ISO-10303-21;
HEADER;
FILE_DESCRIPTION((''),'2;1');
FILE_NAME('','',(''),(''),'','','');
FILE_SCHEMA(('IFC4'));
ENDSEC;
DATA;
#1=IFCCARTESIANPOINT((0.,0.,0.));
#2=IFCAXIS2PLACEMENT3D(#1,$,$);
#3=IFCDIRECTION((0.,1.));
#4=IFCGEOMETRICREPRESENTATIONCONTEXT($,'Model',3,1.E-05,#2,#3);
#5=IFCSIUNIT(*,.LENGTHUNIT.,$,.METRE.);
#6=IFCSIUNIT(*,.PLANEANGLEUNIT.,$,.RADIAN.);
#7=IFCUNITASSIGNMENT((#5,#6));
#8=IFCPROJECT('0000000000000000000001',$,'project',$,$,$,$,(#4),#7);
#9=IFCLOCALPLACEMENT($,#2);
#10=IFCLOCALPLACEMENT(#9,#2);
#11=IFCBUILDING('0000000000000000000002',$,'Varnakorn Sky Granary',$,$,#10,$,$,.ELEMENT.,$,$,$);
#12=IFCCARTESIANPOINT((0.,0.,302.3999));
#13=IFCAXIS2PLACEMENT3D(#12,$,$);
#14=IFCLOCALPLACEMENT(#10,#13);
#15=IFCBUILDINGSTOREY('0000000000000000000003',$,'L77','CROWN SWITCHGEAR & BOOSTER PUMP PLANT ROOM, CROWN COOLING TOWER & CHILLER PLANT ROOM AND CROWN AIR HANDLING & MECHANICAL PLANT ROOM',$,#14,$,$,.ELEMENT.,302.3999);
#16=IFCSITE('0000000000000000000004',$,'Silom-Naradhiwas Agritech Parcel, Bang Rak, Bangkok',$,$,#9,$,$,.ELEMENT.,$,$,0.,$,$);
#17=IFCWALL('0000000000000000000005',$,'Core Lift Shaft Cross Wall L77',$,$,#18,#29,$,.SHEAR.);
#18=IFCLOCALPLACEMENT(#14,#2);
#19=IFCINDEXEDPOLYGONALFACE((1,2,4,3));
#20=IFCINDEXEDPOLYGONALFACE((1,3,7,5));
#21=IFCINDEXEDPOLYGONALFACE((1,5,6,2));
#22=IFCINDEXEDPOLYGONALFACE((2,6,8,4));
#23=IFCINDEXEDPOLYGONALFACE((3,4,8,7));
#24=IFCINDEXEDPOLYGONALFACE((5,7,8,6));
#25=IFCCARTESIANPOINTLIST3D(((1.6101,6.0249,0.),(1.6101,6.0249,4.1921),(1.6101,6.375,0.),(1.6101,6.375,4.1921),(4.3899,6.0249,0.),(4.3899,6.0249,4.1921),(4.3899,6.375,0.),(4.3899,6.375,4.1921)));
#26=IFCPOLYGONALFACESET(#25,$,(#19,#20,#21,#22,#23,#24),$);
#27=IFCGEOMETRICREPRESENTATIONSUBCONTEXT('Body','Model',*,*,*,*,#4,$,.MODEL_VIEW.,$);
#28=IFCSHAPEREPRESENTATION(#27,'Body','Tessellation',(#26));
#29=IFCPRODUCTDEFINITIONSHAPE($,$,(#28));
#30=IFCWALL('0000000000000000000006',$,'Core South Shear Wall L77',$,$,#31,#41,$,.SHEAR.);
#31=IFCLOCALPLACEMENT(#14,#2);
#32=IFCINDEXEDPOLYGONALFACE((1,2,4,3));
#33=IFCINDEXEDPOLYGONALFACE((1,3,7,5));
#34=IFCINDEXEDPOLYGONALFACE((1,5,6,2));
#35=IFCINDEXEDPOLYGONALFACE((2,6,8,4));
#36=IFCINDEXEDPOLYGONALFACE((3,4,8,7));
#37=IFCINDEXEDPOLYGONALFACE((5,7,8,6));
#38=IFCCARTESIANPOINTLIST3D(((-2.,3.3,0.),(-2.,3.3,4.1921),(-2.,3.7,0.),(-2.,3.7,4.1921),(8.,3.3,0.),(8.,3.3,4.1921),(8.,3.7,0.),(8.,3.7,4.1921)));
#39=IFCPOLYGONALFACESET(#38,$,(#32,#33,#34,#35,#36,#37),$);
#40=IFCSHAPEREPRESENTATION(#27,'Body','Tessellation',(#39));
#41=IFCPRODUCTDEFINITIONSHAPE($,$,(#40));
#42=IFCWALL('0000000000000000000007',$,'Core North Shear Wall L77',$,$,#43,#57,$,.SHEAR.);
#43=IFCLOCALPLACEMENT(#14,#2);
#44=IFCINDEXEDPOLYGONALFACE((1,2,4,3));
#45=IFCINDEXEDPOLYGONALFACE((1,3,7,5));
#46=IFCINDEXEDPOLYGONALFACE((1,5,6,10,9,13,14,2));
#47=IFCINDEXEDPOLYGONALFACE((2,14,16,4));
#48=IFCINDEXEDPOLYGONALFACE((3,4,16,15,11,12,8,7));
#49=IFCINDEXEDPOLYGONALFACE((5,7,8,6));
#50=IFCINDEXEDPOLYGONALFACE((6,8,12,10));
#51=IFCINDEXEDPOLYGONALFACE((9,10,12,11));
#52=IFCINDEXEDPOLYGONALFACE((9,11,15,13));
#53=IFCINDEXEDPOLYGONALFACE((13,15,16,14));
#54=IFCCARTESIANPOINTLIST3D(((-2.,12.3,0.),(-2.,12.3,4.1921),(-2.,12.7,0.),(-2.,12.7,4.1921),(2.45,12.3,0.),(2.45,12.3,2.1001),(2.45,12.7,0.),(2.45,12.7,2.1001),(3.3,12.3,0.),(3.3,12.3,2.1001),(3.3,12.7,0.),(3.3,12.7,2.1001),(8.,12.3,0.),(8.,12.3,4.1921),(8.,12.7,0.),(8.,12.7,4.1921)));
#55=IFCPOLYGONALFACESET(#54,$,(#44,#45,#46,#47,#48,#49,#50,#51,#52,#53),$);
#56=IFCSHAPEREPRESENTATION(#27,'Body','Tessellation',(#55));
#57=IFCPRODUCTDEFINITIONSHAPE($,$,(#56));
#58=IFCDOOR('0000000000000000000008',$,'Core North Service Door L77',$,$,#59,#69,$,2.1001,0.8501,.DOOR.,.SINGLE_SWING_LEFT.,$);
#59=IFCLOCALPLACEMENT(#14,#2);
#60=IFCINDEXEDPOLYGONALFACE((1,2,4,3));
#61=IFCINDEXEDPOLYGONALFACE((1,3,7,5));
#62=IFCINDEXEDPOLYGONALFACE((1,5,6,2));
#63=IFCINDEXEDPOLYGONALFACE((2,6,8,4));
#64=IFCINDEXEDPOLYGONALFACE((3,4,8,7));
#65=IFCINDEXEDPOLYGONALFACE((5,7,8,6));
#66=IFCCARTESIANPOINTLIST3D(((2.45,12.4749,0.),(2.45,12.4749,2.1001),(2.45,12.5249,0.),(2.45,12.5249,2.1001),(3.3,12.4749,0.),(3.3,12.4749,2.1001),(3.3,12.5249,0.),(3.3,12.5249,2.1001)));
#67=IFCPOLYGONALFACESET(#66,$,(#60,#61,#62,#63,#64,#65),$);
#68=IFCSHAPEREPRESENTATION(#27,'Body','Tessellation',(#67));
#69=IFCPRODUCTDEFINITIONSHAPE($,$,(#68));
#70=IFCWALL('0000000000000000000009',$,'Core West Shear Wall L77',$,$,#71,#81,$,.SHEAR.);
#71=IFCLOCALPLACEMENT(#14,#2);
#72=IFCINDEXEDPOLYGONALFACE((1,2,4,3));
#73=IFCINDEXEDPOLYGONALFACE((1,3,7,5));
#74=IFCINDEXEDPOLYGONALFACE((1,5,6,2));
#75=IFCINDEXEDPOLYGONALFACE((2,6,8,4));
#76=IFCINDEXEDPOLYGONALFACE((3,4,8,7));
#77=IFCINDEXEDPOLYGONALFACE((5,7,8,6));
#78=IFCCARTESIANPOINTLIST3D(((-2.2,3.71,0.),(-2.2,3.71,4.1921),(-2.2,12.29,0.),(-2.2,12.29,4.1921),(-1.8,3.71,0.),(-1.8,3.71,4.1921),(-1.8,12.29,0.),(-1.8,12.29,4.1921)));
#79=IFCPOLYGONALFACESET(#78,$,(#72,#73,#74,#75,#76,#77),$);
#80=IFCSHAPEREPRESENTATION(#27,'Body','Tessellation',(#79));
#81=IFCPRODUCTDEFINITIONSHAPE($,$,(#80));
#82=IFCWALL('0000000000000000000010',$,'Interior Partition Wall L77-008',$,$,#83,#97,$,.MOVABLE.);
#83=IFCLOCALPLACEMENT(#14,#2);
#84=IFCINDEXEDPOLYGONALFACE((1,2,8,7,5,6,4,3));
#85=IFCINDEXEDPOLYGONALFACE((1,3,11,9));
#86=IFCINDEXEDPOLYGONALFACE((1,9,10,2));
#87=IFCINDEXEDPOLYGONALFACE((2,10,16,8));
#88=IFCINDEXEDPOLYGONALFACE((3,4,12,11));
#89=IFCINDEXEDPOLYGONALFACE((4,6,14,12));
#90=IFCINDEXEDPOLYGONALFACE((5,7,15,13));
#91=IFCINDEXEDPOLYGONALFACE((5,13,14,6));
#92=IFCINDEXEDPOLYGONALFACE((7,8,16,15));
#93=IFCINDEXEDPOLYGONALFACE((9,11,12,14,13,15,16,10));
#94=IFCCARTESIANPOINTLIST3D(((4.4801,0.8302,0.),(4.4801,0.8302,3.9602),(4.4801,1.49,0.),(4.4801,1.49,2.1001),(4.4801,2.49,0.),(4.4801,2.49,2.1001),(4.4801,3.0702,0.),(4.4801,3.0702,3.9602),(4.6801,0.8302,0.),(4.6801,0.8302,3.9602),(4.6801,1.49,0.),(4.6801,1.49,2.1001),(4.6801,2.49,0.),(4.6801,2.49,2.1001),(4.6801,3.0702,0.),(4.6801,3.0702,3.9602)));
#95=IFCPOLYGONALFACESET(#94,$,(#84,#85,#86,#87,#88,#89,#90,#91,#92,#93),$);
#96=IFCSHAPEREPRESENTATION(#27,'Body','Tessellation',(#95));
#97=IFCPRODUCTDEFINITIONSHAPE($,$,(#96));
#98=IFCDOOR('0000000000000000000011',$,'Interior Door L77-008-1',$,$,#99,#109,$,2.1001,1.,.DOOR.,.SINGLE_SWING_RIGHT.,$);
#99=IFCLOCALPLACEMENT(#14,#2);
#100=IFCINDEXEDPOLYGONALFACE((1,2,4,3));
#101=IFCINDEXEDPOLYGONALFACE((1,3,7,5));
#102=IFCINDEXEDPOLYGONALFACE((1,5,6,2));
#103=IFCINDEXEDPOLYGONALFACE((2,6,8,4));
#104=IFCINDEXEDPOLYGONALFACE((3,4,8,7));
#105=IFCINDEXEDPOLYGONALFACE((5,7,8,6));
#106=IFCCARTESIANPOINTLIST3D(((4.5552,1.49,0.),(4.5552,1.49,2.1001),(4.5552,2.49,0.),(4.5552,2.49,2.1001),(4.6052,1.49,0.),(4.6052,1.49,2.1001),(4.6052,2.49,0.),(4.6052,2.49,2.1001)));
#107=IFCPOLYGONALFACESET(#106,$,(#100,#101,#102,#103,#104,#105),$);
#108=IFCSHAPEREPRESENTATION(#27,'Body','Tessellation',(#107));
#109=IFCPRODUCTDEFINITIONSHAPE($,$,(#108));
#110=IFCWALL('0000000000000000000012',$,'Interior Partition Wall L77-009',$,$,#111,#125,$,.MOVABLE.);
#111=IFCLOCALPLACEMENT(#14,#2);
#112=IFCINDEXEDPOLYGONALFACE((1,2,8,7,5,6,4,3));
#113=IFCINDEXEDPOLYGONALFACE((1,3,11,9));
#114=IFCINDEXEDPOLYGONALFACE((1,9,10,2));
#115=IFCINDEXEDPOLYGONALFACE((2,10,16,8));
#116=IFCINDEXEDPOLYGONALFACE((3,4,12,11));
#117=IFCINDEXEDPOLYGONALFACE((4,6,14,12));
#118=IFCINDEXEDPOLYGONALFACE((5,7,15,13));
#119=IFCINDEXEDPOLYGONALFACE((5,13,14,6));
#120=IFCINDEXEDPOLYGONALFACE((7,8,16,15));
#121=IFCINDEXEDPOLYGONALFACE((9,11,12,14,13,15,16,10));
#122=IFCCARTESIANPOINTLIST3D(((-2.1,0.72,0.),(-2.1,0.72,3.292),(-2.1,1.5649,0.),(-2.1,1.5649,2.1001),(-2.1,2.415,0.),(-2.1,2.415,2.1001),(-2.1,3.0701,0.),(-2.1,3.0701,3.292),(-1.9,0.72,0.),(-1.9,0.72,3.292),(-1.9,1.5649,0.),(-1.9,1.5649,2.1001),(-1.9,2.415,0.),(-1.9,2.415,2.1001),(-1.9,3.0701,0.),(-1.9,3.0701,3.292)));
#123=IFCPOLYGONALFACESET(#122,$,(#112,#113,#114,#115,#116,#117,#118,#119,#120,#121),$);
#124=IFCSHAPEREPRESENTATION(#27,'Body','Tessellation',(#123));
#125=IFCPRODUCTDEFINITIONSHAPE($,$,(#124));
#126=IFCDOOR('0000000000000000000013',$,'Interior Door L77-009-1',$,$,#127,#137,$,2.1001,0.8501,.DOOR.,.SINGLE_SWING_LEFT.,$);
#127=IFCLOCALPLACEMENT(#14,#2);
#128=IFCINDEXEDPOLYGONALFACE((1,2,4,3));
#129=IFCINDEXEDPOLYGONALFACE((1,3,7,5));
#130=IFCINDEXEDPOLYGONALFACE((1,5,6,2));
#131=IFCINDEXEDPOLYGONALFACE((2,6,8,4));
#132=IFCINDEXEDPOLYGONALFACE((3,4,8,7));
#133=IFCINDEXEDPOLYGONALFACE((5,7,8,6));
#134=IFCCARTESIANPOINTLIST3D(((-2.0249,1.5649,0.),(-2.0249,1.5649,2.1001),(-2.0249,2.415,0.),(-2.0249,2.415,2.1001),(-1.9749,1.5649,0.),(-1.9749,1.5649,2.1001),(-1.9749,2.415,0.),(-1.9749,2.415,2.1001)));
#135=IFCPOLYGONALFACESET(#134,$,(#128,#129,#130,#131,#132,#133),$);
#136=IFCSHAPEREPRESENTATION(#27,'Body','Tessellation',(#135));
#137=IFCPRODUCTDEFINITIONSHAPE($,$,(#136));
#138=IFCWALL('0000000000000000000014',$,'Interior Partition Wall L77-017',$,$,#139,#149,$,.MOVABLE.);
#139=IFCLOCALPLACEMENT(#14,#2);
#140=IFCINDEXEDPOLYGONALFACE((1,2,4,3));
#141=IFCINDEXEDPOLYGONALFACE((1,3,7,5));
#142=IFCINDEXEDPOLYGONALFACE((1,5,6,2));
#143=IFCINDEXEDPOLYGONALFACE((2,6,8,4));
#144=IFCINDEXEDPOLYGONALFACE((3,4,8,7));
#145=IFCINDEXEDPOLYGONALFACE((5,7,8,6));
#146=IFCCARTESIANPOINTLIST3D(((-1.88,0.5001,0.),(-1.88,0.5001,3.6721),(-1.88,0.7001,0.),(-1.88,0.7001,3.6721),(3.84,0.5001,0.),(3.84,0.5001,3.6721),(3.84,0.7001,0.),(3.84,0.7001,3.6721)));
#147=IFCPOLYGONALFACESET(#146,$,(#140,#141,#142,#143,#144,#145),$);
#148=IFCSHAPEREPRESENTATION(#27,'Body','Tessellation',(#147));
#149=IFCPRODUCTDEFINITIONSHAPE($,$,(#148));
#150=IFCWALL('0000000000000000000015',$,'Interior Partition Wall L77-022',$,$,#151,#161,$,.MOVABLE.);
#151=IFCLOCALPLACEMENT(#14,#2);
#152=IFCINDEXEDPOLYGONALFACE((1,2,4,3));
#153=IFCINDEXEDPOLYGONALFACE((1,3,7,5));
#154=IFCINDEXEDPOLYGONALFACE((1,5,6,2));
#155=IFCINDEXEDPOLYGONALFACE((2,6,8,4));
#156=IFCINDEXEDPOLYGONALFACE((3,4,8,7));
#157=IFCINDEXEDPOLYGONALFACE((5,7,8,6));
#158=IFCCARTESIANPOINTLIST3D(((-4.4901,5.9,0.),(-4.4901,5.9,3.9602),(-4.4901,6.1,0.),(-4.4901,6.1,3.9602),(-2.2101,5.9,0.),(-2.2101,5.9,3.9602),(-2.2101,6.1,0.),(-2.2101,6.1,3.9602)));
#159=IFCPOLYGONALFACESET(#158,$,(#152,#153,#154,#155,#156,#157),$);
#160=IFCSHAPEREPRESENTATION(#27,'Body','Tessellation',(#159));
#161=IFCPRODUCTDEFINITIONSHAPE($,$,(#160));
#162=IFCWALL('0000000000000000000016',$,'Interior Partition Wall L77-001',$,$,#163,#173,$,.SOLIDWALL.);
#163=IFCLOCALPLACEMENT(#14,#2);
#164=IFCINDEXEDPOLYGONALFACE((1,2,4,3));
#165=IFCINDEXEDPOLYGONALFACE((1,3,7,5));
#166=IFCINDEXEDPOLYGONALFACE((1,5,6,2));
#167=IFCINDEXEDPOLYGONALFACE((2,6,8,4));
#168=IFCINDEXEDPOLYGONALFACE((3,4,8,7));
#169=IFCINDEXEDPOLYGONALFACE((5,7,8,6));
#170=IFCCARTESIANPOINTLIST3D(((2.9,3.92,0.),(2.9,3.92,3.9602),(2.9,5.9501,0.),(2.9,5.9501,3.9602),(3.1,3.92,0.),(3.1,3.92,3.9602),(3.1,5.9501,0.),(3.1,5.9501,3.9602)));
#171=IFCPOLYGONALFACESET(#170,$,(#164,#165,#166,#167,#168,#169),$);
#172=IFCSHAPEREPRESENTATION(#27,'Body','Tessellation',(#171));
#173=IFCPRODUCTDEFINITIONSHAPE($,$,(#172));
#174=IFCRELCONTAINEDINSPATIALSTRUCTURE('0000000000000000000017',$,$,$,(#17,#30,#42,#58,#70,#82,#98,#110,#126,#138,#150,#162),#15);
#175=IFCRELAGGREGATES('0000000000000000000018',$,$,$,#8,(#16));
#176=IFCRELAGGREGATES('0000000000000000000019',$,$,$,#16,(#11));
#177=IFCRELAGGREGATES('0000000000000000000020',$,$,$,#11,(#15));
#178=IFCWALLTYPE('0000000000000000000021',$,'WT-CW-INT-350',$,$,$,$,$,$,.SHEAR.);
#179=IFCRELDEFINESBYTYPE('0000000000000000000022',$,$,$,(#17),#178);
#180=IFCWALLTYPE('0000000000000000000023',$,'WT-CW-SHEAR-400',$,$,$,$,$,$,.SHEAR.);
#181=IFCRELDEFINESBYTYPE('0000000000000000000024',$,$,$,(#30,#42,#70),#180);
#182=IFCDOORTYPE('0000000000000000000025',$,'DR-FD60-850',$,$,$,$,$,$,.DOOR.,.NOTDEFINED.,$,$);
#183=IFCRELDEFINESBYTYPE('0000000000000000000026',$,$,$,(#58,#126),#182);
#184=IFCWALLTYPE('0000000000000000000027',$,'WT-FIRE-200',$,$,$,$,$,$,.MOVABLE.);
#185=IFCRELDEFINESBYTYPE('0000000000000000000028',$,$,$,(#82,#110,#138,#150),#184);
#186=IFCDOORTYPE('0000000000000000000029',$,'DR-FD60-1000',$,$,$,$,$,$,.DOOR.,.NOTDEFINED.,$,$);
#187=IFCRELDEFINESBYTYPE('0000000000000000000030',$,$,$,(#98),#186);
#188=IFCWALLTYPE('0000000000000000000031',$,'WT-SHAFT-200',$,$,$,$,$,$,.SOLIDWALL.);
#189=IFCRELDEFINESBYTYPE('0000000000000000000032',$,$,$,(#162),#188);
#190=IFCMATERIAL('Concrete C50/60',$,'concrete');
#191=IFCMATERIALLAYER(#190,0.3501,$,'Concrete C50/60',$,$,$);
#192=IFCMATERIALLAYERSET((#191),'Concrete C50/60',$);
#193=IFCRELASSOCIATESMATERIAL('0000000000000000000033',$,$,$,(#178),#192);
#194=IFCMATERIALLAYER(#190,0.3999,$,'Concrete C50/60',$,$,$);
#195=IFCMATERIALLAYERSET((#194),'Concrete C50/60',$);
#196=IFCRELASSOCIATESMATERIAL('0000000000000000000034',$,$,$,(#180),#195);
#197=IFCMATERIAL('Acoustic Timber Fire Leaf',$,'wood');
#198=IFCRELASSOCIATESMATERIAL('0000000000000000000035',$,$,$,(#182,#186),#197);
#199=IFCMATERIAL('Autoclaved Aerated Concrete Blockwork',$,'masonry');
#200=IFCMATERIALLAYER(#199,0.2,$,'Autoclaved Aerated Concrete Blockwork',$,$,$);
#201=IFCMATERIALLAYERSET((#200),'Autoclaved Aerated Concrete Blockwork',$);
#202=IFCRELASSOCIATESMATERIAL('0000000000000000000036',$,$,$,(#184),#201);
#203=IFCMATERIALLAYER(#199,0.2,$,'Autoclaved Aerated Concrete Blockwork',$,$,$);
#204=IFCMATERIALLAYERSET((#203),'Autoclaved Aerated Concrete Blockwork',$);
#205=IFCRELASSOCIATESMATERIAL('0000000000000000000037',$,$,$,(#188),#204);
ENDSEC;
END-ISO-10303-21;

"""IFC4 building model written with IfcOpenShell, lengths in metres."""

from ifc_helpers import new_model, si_unit, direction, frame, frame_2d, origin, place, context, subcontext, project, spatial, rectangle, extrude, material, layer, layer_set, type_object, element, fill, save


model = new_model("IFC4")

# Units and contexts
model_context = context("Model", 3, precision=1e-05, world=origin(), true_north=direction((0.0, 1.0)))
body_context = subcontext(model_context, "Body", "Model", "MODEL_VIEW")
ifc_project = project(units=[si_unit("LENGTHUNIT", "METRE"), si_unit("PLANEANGLEUNIT", "RADIAN")], contexts=[model_context])

# Site, building, storey
site_placement = place(None, origin())
site = spatial("IfcSite", under=ifc_project, at=site_placement, Name="Silom-Naradhiwas Agritech Parcel, Bang Rak, Bangkok", CompositionType="ELEMENT", RefElevation=0.0)
building_placement = place(site_placement, origin())
building = spatial("IfcBuilding", under=site, at=building_placement, Name="Varnakorn Sky Granary", CompositionType="ELEMENT")
storey_placement = place(building_placement, frame((0.0, 0.0, 302.3999)))
storey = spatial("IfcBuildingStorey", under=building, at=storey_placement, Name="L77", Description="CROWN SWITCHGEAR & BOOSTER PUMP PLANT ROOM, CROWN COOLING TOWER & CHILLER PLANT ROOM AND CROWN AIR HANDLING & MECHANICAL PLANT ROOM", CompositionType="ELEMENT", Elevation=302.3999)

# Shared definitions
ifc_material_1 = material(Name="Concrete C50/60", Category="concrete")

# Walls
ifc_layer_1 = layer(ifc_material_1, 0.3501, Name="Concrete C50/60")
ifc_layer_set_1 = layer_set([ifc_layer_1], Name="Concrete C50/60")
wall_type_1 = type_object("IfcWallType", Name="WT-CW-INT-350", PredefinedType="SHEAR", material=ifc_layer_set_1)
wall_1_placement = place(storey_placement, frame((1.6101, 6.2, 0.0), z_axis=(0.0, 0.0, 1.0), x_axis=(1.0, 0.0, 0.0)))
element("IfcWall", 1, at=wall_1_placement, inside=storey, type_object=wall_type_1, Name="Core Lift Shaft Cross Wall L77", PredefinedType="SHEAR", context=body_context, shape_type="SweptSolid", body=[
    extrude(rectangle(XDim=2.7798, YDim=0.3501, at=frame_2d((1.3899, 0.0))), origin(), (0.0, 0.0, 1.0), 4.1921),
])
ifc_layer_2 = layer(ifc_material_1, 0.3999, Name="Concrete C50/60")
ifc_layer_set_2 = layer_set([ifc_layer_2], Name="Concrete C50/60")
wall_type_2 = type_object("IfcWallType", Name="WT-CW-SHEAR-400", PredefinedType="SHEAR", material=ifc_layer_set_2)
wall_2_placement = place(storey_placement, frame((-2.0, 3.5, 0.0), z_axis=(0.0, 0.0, 1.0), x_axis=(1.0, 0.0, 0.0)))
element("IfcWall", 2, at=wall_2_placement, inside=storey, type_object=wall_type_2, Name="Core South Shear Wall L77", PredefinedType="SHEAR", context=body_context, shape_type="SweptSolid", body=[
    extrude(rectangle(XDim=10.0, YDim=0.3999, at=frame_2d((5.0, 0.0))), origin(), (0.0, 0.0, 1.0), 4.1921),
])

# Wall, opening, door
wall_3_placement = place(storey_placement, frame((-2.0, 12.5, 0.0), z_axis=(0.0, 0.0, 1.0), x_axis=(1.0, 0.0, 0.0)))
wall_3 = element("IfcWall", 3, at=wall_3_placement, inside=storey, type_object=wall_type_2, Name="Core North Shear Wall L77", PredefinedType="SHEAR", context=body_context, shape_type="SweptSolid", body=[
    extrude(rectangle(XDim=10.0, YDim=0.3999, at=frame_2d((5.0, 0.0))), origin(), (0.0, 0.0, 1.0), 4.1921),
])
opening_1_placement = place(wall_3_placement, frame((4.45, 0.0, 0.0)))
opening_1 = element("IfcOpeningElement", 4, at=opening_1_placement, cuts=wall_3, PredefinedType="OPENING", context=body_context, shape_type="SweptSolid", body=[
    extrude(rectangle(XDim=0.8501, YDim=2.1001, at=frame_2d((0.425, 1.05))), frame((0.0, 0.21, 0.0), z_axis=(0.0, -1.0, 0.0), x_axis=(1.0, 0.0, 0.0)), (0.0, 0.0, 1.0), 0.4199),
])
ifc_material_2 = material(Name="Acoustic Timber Fire Leaf", Category="wood")
door_type_1 = type_object("IfcDoorType", Name="DR-FD60-850", OperationType="NOTDEFINED", PredefinedType="DOOR", material=ifc_material_2)
door_1_placement = place(opening_1_placement, origin())
door_1 = element("IfcDoor", 5, at=door_1_placement, inside=storey, type_object=door_type_1, Name="Core North Service Door L77", OperationType="SINGLE_SWING_LEFT", OverallHeight=2.1001, OverallWidth=0.8501, PredefinedType="DOOR", context=body_context, shape_type="SweptSolid", body=[
    extrude(rectangle(XDim=0.8501, YDim=2.1001, at=frame_2d((0.425, 1.05))), frame((0.0, 0.0249, 0.0), z_axis=(0.0, -1.0, 0.0), x_axis=(1.0, 0.0, 0.0)), (0.0, 0.0, 1.0), 0.05),
])
fill(opening_1, door_1)

# Wall
wall_4_placement = place(storey_placement, frame((-2.0, 3.71, 0.0), z_axis=(0.0, 0.0, 1.0), x_axis=(0.0, 1.0, 0.0)))
element("IfcWall", 6, at=wall_4_placement, inside=storey, type_object=wall_type_2, Name="Core West Shear Wall L77", PredefinedType="SHEAR", context=body_context, shape_type="SweptSolid", body=[
    extrude(rectangle(XDim=8.5801, YDim=0.3999, at=frame_2d((4.29, 0.0))), origin(), (0.0, 0.0, 1.0), 4.1921),
])

# Walls, openings, doors
ifc_material_3 = material(Name="Autoclaved Aerated Concrete Blockwork", Category="masonry")
ifc_layer_3 = layer(ifc_material_3, 0.2, Name="Autoclaved Aerated Concrete Blockwork")
ifc_layer_set_3 = layer_set([ifc_layer_3], Name="Autoclaved Aerated Concrete Blockwork")
wall_type_3 = type_object("IfcWallType", Name="WT-FIRE-200", PredefinedType="MOVABLE", material=ifc_layer_set_3)
wall_5_placement = place(storey_placement, frame((4.5801, 0.8301, 0.0), z_axis=(0.0, 0.0, 1.0), x_axis=(0.0, 1.0, 0.0)))
wall_5 = element("IfcWall", 7, at=wall_5_placement, inside=storey, type_object=wall_type_3, Name="Interior Partition Wall L77-008", PredefinedType="MOVABLE", context=body_context, shape_type="SweptSolid", body=[
    extrude(rectangle(XDim=2.24, YDim=0.2, at=frame_2d((1.1201, 0.0))), origin(), (0.0, 0.0, 1.0), 3.9602),
])
opening_2_placement = place(wall_5_placement, frame((0.6599, 0.0, 0.0)))
opening_2 = element("IfcOpeningElement", 8, at=opening_2_placement, cuts=wall_5, PredefinedType="OPENING", context=body_context, shape_type="SweptSolid", body=[
    extrude(rectangle(XDim=1.0, YDim=2.1001, at=frame_2d((0.5, 1.05))), frame((0.0, 0.1099, 0.0), z_axis=(0.0, -1.0, 0.0), x_axis=(1.0, 0.0, 0.0)), (0.0, 0.0, 1.0), 0.22),
])
door_type_2 = type_object("IfcDoorType", Name="DR-FD60-1000", OperationType="NOTDEFINED", PredefinedType="DOOR", material=ifc_material_2)
door_2_placement = place(opening_2_placement, origin())
door_2 = element("IfcDoor", 9, at=door_2_placement, inside=storey, type_object=door_type_2, Name="Interior Door L77-008-1", OperationType="SINGLE_SWING_RIGHT", OverallHeight=2.1001, OverallWidth=1.0, PredefinedType="DOOR", context=body_context, shape_type="SweptSolid", body=[
    extrude(rectangle(XDim=1.0, YDim=2.1001, at=frame_2d((0.5, 1.05))), frame((0.0, 0.0249, 0.0), z_axis=(0.0, -1.0, 0.0), x_axis=(1.0, 0.0, 0.0)), (0.0, 0.0, 1.0), 0.05),
])
fill(opening_2, door_2)
wall_6_placement = place(storey_placement, frame((-2.0, 0.72, 0.0), z_axis=(0.0, 0.0, 1.0), x_axis=(0.0, 1.0, 0.0)))
wall_6 = element("IfcWall", 10, at=wall_6_placement, inside=storey, type_object=wall_type_3, Name="Interior Partition Wall L77-009", PredefinedType="MOVABLE", context=body_context, shape_type="SweptSolid", body=[
    extrude(rectangle(XDim=2.3501, YDim=0.2, at=frame_2d((1.175, 0.0))), origin(), (0.0, 0.0, 1.0), 3.292),
])
opening_3_placement = place(wall_6_placement, frame((0.845, 0.0, 0.0)))
opening_3 = element("IfcOpeningElement", 11, at=opening_3_placement, cuts=wall_6, PredefinedType="OPENING", context=body_context, shape_type="SweptSolid", body=[
    extrude(rectangle(XDim=0.8501, YDim=2.1001, at=frame_2d((0.425, 1.05))), frame((0.0, 0.1099, 0.0), z_axis=(0.0, -1.0, 0.0), x_axis=(1.0, 0.0, 0.0)), (0.0, 0.0, 1.0), 0.22),
])
door_3_placement = place(opening_3_placement, origin())
door_3 = element("IfcDoor", 12, at=door_3_placement, inside=storey, type_object=door_type_1, Name="Interior Door L77-009-1", OperationType="SINGLE_SWING_LEFT", OverallHeight=2.1001, OverallWidth=0.8501, PredefinedType="DOOR", context=body_context, shape_type="SweptSolid", body=[
    extrude(rectangle(XDim=0.8501, YDim=2.1001, at=frame_2d((0.425, 1.05))), frame((0.0, 0.0249, 0.0), z_axis=(0.0, -1.0, 0.0), x_axis=(1.0, 0.0, 0.0)), (0.0, 0.0, 1.0), 0.05),
])
fill(opening_3, door_3)

# Walls
wall_7_placement = place(storey_placement, frame((-1.8799, 0.6001, 0.0), z_axis=(0.0, 0.0, 1.0), x_axis=(1.0, 0.0, 0.0)))
element("IfcWall", 13, at=wall_7_placement, inside=storey, type_object=wall_type_3, Name="Interior Partition Wall L77-017", PredefinedType="MOVABLE", context=body_context, shape_type="SweptSolid", body=[
    extrude(rectangle(XDim=5.72, YDim=0.2, at=frame_2d((2.8599, 0.0))), origin(), (0.0, 0.0, 1.0), 3.6721),
])
wall_8_placement = place(storey_placement, frame((-2.21, 6.0, 0.0), z_axis=(0.0, 0.0, 1.0), x_axis=(-1.0, 0.0, 0.0)))
element("IfcWall", 14, at=wall_8_placement, inside=storey, type_object=wall_type_3, Name="Interior Partition Wall L77-022", PredefinedType="MOVABLE", context=body_context, shape_type="SweptSolid", body=[
    extrude(rectangle(XDim=2.28, YDim=0.2, at=frame_2d((1.1401, 0.0))), origin(), (0.0, 0.0, 1.0), 3.9602),
])
ifc_layer_4 = layer(ifc_material_3, 0.2, Name="Autoclaved Aerated Concrete Blockwork")
ifc_layer_set_4 = layer_set([ifc_layer_4], Name="Autoclaved Aerated Concrete Blockwork")
wall_type_4 = type_object("IfcWallType", Name="WT-SHAFT-200", PredefinedType="SOLIDWALL", material=ifc_layer_set_4)
wall_9_placement = place(storey_placement, frame((3.0, 3.9199, 0.0), z_axis=(0.0, 0.0, 1.0), x_axis=(0.0, 1.0, 0.0)))
element("IfcWall", 15, at=wall_9_placement, inside=storey, type_object=wall_type_4, Name="Interior Partition Wall L77-001", PredefinedType="SOLIDWALL", context=body_context, shape_type="SweptSolid", body=[
    extrude(rectangle(XDim=2.03, YDim=0.2, at=frame_2d((1.0151, 0.0))), origin(), (0.0, 0.0, 1.0), 3.9602),
])

save(model, "model.ifc")
